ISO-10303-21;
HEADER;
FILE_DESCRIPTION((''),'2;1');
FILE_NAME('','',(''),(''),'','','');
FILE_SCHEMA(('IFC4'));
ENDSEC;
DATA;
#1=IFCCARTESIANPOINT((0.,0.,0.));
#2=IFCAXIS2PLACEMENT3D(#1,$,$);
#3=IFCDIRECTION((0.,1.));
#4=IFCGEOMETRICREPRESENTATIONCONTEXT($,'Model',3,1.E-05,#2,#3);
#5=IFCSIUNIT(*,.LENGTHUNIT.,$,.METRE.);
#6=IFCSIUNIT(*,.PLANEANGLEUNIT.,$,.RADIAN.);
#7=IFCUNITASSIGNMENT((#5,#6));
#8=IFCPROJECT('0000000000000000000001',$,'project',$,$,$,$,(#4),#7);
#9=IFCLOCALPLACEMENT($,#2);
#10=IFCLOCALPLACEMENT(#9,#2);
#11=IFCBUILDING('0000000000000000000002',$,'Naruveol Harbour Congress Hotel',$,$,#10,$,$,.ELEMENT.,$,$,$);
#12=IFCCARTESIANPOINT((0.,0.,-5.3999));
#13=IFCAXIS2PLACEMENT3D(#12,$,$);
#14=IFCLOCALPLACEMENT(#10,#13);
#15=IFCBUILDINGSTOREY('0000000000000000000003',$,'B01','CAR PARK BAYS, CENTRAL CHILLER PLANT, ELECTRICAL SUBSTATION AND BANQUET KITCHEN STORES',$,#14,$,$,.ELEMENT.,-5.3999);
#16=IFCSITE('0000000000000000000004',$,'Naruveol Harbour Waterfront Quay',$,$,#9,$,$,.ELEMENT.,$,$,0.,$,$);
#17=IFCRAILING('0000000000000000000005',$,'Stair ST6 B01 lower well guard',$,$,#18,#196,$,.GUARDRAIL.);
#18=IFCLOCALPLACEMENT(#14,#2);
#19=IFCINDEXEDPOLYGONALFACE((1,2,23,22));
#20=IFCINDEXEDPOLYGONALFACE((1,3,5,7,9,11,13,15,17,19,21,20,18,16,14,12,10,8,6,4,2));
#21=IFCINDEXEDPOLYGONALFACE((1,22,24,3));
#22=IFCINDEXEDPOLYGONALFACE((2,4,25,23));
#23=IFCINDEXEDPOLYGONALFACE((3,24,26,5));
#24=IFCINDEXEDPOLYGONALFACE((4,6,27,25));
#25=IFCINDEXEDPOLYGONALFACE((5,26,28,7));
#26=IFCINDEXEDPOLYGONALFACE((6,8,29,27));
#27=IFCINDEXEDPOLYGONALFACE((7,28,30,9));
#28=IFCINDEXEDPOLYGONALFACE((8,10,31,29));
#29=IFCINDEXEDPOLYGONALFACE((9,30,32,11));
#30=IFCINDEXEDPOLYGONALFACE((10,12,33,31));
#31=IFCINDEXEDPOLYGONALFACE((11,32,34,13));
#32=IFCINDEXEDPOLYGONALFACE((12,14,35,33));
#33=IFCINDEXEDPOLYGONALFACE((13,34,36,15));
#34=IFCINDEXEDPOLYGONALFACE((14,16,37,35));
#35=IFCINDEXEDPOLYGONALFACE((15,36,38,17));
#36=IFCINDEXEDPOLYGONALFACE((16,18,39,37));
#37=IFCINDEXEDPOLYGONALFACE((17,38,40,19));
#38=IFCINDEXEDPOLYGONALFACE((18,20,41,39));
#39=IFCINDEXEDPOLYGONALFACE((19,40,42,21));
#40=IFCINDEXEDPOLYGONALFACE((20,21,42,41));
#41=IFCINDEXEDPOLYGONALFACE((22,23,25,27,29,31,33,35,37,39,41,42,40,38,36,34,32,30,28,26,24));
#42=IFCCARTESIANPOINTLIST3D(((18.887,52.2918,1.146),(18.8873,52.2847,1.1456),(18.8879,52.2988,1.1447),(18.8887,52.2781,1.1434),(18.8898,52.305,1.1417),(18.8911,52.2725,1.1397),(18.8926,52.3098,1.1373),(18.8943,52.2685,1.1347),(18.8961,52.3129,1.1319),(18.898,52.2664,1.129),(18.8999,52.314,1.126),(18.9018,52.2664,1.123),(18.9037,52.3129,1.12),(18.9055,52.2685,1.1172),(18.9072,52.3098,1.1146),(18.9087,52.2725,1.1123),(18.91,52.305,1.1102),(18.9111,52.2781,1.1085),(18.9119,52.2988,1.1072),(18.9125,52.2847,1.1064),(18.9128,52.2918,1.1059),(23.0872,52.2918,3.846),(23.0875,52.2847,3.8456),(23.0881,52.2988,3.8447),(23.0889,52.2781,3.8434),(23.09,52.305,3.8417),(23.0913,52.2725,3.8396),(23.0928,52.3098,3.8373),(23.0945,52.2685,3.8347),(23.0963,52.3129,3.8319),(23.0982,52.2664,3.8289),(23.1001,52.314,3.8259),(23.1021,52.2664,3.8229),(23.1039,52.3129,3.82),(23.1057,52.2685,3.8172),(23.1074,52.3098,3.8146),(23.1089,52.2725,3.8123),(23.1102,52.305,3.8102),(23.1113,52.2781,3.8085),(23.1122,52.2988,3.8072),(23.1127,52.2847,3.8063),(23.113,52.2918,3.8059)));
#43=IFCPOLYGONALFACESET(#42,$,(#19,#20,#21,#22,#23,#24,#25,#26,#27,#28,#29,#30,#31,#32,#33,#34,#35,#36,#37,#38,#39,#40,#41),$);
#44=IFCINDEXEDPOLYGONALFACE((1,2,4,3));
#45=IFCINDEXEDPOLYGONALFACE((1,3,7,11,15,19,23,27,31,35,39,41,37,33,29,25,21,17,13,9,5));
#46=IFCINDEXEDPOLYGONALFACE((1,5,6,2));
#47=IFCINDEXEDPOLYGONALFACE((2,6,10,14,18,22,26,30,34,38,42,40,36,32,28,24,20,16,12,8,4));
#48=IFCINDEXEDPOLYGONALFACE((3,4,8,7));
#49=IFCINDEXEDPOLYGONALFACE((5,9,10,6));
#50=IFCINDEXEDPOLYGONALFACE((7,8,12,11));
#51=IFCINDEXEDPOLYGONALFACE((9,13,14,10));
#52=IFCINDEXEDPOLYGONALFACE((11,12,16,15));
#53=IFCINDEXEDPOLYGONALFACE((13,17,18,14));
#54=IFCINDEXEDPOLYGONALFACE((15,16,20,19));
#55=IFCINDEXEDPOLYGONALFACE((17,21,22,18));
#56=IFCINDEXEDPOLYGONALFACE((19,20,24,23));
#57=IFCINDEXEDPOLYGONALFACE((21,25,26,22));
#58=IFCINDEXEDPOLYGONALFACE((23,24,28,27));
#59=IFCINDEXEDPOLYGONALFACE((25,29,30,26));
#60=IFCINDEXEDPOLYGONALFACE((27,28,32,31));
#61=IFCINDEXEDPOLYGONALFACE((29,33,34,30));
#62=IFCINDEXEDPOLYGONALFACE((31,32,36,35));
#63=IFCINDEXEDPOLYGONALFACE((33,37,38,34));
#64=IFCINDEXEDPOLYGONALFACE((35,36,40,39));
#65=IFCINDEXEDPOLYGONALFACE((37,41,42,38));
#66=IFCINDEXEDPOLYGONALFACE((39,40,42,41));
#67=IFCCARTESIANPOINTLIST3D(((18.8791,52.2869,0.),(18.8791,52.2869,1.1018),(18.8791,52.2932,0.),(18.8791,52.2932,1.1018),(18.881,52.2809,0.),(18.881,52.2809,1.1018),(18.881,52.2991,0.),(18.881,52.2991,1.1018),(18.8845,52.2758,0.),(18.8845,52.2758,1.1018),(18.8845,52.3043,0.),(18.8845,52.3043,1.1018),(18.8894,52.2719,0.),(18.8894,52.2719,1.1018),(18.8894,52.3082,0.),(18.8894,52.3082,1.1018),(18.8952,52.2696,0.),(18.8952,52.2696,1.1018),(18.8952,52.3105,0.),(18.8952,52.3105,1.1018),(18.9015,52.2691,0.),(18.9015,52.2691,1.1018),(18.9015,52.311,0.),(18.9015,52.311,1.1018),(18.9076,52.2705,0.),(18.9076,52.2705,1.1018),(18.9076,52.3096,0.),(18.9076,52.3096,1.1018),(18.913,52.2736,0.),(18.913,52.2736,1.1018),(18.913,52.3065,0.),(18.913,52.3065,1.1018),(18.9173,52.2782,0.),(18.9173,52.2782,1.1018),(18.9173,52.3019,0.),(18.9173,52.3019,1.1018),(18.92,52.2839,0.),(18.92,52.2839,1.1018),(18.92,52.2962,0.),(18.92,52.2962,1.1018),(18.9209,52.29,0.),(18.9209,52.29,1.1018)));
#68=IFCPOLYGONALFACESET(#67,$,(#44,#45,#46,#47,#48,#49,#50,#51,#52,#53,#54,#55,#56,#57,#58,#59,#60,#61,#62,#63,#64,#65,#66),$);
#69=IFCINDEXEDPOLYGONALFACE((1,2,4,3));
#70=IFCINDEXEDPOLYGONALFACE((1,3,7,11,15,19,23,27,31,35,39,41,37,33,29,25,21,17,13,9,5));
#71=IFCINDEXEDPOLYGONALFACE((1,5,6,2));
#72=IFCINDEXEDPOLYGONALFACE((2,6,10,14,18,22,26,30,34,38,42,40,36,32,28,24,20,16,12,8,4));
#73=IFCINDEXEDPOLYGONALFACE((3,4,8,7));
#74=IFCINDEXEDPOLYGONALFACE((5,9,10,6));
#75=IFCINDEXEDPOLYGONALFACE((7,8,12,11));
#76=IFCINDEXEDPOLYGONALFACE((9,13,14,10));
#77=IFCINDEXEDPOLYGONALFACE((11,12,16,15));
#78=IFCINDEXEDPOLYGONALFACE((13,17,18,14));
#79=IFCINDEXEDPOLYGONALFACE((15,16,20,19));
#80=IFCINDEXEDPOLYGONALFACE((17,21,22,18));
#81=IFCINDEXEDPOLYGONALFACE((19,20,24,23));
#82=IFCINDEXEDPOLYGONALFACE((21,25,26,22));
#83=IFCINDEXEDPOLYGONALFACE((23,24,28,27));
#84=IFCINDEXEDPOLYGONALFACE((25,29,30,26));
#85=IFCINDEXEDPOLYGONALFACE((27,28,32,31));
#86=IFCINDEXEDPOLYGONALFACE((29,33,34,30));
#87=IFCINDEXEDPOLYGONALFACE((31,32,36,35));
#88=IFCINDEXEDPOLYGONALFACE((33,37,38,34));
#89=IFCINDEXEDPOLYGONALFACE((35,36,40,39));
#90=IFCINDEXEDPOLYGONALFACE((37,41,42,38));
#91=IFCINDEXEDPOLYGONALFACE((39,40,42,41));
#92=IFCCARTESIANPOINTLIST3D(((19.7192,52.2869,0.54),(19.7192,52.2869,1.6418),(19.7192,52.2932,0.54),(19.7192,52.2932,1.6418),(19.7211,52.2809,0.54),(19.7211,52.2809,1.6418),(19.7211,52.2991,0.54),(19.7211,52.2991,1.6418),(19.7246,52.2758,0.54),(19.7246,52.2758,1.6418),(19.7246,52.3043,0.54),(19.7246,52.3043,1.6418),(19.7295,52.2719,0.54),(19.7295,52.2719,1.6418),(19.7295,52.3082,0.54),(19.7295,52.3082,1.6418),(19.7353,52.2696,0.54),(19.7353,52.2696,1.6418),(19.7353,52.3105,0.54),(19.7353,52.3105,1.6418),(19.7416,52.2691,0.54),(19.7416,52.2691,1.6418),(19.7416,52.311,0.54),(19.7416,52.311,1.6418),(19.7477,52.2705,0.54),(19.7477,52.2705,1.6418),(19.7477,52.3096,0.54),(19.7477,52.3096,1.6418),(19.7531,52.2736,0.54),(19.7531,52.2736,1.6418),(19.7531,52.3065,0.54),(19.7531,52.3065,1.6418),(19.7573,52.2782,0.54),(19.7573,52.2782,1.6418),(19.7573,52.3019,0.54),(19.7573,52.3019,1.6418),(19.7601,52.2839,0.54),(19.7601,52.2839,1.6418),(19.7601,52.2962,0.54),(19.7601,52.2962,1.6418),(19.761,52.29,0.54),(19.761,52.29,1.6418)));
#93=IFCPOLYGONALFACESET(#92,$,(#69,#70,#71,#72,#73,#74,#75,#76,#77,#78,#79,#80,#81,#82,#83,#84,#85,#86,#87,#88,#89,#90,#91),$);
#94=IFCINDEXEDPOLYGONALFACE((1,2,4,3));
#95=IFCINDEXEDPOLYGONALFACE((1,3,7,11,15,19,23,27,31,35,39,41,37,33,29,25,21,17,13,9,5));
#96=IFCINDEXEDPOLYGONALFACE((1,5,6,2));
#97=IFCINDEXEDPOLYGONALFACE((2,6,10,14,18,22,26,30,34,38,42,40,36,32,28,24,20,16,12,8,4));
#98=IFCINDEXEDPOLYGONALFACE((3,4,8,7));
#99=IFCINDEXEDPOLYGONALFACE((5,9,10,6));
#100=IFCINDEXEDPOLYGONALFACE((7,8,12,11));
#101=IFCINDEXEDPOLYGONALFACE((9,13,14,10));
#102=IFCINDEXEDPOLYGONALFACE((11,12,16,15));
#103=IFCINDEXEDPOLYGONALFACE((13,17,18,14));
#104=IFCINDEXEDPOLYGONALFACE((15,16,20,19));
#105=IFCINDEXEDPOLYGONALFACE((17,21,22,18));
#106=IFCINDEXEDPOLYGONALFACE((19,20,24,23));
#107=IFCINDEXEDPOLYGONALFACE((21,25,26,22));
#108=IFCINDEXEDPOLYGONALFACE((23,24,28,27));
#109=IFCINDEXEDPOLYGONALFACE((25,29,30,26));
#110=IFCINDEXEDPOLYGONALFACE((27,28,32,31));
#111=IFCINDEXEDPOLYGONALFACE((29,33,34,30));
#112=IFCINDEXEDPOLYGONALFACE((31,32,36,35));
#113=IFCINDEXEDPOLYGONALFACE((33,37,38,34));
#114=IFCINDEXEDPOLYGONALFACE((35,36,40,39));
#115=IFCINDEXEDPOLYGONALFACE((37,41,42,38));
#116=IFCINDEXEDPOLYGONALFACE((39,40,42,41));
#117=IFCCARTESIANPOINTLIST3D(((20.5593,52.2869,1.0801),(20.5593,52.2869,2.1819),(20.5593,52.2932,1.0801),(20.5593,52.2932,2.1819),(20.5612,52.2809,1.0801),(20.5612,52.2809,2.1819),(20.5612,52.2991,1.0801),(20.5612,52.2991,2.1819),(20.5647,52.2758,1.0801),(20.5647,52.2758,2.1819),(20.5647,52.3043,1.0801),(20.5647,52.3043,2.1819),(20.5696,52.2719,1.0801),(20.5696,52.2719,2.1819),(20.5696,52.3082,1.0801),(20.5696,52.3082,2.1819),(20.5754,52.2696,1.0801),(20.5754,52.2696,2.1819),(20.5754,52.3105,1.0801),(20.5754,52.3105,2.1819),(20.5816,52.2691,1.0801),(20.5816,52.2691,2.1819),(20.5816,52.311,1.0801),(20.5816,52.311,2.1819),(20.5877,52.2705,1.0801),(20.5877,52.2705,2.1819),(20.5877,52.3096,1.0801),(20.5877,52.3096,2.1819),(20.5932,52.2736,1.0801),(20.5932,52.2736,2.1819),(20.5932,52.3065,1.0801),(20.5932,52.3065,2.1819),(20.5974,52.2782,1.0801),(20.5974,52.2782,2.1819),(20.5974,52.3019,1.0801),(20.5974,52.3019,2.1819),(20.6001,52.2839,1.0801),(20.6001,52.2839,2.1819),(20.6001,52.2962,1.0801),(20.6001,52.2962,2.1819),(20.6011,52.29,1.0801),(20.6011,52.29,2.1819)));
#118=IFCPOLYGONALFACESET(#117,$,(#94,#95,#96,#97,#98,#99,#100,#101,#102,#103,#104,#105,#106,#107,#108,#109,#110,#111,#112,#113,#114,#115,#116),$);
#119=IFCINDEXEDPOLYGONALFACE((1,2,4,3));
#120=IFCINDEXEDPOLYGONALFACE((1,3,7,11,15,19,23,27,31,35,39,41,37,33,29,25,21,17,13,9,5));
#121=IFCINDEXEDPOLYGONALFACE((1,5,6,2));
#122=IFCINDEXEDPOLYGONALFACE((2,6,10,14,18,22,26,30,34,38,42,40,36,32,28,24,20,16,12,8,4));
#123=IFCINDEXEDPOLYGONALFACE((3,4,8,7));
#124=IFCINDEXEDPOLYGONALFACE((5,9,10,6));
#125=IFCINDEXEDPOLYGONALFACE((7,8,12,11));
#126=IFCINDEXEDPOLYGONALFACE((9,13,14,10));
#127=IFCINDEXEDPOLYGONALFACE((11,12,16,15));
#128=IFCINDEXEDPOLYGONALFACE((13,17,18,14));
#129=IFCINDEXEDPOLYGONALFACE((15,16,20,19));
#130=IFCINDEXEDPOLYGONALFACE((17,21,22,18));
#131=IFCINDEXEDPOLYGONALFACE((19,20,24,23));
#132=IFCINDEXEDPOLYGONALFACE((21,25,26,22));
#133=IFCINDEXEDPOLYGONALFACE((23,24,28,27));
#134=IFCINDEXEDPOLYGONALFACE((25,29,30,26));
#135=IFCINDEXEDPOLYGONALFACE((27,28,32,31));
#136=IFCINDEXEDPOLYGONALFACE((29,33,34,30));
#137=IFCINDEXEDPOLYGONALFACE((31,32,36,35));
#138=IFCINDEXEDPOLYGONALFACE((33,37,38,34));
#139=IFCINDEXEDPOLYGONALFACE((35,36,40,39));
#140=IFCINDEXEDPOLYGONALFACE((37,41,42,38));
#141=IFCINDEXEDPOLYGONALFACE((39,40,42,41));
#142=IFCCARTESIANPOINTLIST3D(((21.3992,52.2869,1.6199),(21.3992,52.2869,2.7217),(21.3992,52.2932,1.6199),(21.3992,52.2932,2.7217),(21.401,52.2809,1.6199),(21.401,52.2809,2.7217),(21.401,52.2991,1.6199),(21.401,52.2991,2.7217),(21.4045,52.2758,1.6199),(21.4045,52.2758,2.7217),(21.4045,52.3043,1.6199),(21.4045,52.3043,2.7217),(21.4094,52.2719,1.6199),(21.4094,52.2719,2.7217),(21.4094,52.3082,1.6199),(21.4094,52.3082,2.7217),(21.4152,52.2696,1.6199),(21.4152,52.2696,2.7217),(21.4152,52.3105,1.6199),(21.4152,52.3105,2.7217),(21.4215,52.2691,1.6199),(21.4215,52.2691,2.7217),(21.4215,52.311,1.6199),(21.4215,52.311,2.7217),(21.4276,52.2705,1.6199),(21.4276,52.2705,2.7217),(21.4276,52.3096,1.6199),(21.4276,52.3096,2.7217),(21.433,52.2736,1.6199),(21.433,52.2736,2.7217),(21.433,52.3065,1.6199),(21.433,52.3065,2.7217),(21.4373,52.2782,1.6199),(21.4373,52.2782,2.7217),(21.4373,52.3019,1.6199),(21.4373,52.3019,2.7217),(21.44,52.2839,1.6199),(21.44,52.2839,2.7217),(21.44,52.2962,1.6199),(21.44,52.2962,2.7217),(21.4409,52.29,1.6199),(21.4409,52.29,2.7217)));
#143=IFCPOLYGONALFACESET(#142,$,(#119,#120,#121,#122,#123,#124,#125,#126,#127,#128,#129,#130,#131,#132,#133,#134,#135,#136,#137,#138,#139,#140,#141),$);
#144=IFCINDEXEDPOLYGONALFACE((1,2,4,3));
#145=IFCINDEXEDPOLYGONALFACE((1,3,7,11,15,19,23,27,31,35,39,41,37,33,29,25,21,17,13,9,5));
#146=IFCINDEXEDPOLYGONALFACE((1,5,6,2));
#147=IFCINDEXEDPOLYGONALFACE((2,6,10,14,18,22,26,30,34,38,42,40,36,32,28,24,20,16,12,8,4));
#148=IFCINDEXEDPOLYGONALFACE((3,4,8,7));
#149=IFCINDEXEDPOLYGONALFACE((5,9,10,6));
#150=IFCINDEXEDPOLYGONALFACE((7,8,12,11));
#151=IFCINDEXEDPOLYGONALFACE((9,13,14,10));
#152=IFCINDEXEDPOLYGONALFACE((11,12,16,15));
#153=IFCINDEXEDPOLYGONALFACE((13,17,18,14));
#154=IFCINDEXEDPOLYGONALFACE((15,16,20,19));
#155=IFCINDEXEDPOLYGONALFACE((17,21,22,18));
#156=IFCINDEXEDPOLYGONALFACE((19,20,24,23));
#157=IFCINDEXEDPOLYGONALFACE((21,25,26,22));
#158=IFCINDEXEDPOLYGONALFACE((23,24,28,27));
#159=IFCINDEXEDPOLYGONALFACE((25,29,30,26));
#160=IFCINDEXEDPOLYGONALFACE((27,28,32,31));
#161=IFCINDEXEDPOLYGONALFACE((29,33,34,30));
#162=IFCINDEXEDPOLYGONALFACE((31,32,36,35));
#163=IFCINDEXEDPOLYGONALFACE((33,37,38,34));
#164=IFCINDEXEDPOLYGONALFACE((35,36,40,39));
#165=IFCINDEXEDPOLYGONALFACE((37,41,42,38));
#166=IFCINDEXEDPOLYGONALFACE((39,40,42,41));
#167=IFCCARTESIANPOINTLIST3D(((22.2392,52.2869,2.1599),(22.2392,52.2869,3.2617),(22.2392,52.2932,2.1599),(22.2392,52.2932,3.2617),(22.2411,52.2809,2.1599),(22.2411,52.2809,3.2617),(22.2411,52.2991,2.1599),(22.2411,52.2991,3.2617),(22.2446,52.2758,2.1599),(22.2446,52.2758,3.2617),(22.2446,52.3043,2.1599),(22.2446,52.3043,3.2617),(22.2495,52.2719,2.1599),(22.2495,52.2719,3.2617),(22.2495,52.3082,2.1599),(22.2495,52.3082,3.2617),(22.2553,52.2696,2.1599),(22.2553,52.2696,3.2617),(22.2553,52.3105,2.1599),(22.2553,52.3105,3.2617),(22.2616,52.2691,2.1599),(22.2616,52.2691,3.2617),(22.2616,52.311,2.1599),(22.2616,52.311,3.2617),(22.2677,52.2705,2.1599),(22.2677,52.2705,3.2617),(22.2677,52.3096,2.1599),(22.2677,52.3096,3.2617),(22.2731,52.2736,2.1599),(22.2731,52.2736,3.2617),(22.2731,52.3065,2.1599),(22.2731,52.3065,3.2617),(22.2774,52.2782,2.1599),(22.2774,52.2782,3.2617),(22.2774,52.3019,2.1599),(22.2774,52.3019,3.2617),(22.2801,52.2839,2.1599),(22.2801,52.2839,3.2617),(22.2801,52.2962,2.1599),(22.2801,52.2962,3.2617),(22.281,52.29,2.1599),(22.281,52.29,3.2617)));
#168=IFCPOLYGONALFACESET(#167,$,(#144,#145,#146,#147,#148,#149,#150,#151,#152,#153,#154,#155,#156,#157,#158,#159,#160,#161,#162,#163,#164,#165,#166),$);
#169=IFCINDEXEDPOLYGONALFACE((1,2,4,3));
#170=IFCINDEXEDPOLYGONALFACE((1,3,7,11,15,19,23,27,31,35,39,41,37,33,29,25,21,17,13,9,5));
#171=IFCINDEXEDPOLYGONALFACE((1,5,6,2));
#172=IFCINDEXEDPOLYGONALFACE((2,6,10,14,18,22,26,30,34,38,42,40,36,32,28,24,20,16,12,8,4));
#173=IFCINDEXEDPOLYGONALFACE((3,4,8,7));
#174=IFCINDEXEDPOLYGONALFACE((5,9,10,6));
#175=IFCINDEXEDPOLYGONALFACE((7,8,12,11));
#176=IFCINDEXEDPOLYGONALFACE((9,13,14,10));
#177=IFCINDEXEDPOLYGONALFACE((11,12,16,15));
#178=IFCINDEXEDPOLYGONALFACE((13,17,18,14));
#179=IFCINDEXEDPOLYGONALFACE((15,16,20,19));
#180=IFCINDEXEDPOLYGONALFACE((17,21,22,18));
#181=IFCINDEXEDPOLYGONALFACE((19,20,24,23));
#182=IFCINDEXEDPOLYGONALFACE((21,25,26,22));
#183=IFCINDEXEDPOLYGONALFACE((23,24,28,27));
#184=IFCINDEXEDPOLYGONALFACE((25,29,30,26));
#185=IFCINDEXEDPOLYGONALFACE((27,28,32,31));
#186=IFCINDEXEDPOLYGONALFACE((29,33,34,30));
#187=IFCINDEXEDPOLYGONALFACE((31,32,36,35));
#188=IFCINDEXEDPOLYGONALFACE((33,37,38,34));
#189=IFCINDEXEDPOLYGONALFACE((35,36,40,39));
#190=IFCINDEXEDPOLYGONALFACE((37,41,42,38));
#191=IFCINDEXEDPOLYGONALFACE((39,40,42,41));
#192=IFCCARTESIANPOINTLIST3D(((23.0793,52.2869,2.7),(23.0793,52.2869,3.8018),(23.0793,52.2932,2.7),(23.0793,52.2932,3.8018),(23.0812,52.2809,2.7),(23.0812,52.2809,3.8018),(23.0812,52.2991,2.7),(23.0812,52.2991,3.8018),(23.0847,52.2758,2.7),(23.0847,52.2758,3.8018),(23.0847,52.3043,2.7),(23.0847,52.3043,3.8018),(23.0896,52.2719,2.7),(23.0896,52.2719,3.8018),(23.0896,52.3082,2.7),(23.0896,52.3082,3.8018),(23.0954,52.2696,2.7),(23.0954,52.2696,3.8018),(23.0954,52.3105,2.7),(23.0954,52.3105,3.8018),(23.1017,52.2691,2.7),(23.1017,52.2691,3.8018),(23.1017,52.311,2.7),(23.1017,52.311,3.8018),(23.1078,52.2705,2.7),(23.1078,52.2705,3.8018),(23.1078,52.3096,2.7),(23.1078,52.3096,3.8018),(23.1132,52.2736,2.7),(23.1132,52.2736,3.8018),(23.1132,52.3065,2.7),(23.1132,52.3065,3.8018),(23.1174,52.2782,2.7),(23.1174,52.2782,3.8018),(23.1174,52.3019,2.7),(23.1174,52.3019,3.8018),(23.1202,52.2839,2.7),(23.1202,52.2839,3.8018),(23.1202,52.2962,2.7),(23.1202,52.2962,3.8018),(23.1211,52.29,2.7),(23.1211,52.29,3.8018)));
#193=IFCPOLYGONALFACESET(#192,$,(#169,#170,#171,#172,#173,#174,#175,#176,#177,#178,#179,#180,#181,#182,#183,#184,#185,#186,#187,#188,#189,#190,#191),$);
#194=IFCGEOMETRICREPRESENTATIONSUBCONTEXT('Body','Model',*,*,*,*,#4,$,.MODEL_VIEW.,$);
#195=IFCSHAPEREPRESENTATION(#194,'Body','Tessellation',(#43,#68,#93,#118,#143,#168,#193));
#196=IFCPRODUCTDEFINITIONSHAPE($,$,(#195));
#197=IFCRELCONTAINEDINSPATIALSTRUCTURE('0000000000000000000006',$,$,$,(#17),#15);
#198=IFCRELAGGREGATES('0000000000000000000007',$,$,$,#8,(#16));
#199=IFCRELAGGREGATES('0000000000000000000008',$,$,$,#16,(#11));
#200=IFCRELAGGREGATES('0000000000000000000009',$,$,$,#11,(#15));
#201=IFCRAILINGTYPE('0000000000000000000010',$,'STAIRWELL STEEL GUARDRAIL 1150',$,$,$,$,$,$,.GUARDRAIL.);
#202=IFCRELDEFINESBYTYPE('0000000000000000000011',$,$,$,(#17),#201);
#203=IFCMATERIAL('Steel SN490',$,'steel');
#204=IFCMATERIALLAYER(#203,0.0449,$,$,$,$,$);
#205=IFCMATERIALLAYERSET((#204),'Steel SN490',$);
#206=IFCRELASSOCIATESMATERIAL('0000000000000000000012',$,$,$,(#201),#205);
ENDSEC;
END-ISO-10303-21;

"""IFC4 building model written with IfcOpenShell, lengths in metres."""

from ifc_helpers import new_model, si_unit, direction, frame, origin, origin_2d, place, context, subcontext, project, spatial, circle, extrude, material, layer, layer_set, type_object, element, save


model = new_model("IFC4")

# Units and contexts
model_context = context("Model", 3, precision=1e-05, world=origin(), true_north=direction((0.0, 1.0)))
body_context = subcontext(model_context, "Body", "Model", "MODEL_VIEW")
ifc_project = project(units=[si_unit("LENGTHUNIT", "METRE"), si_unit("PLANEANGLEUNIT", "RADIAN")], contexts=[model_context])

# Site, building, storey
site_placement = place(None, origin())
site = spatial("IfcSite", under=ifc_project, at=site_placement, Name="Naruveol Harbour Waterfront Quay", CompositionType="ELEMENT", RefElevation=0.0)
building_placement = place(site_placement, origin())
building = spatial("IfcBuilding", under=site, at=building_placement, Name="Naruveol Harbour Congress Hotel", CompositionType="ELEMENT")
storey_placement = place(building_placement, frame((0.0, 0.0, -5.3999)))
storey = spatial("IfcBuildingStorey", under=building, at=storey_placement, Name="B01", Description="CAR PARK BAYS, CENTRAL CHILLER PLANT, ELECTRICAL SUBSTATION AND BANQUET KITCHEN STORES", CompositionType="ELEMENT", Elevation=-5.3999)

# Railing
ifc_material_1 = material(Name="Steel SN490", Category="steel")
ifc_layer_1 = layer(ifc_material_1, 0.0449)
ifc_layer_set_1 = layer_set([ifc_layer_1], Name="Steel SN490")
railing_type_1 = type_object("IfcRailingType", Name="STAIRWELL STEEL GUARDRAIL 1150", PredefinedType="GUARDRAIL", material=ifc_layer_set_1)
railing_1_placement = place(storey_placement, frame((18.8999, 52.29, 0.0)))
element("IfcRailing", 1, at=railing_1_placement, inside=storey, type_object=railing_type_1, Name="Stair ST6 B01 lower well guard", PredefinedType="GUARDRAIL", context=body_context, shape_type="SweptSolid", body=[
    extrude(circle(Radius=0.0239, at=origin_2d()), frame((0.0, 0.0, 1.126), z_axis=(0.841194, 0.0, 0.540733), x_axis=(0.0, 1.0, 0.0)), (0.0, 0.0, 1.0), 4.9932),
    extrude(circle(Radius=0.021, at=origin_2d()), origin(), (0.0, 0.0, 1.0), 1.1018),
    extrude(circle(Radius=0.021, at=origin_2d()), frame((0.8401, 0.0, 0.54)), (0.0, 0.0, 1.0), 1.1018),
    extrude(circle(Radius=0.021, at=origin_2d()), frame((1.6802, 0.0, 1.0801)), (0.0, 0.0, 1.0), 1.1018),
    extrude(circle(Radius=0.021, at=origin_2d()), frame((2.52, 0.0, 1.6199)), (0.0, 0.0, 1.0), 1.1018),
    extrude(circle(Radius=0.021, at=origin_2d()), frame((3.3601, 0.0, 2.1599)), (0.0, 0.0, 1.0), 1.1018),
    extrude(circle(Radius=0.021, at=origin_2d()), frame((4.2002, 0.0, 2.7)), (0.0, 0.0, 1.0), 1.1018),
])

save(model, "model.ifc")
